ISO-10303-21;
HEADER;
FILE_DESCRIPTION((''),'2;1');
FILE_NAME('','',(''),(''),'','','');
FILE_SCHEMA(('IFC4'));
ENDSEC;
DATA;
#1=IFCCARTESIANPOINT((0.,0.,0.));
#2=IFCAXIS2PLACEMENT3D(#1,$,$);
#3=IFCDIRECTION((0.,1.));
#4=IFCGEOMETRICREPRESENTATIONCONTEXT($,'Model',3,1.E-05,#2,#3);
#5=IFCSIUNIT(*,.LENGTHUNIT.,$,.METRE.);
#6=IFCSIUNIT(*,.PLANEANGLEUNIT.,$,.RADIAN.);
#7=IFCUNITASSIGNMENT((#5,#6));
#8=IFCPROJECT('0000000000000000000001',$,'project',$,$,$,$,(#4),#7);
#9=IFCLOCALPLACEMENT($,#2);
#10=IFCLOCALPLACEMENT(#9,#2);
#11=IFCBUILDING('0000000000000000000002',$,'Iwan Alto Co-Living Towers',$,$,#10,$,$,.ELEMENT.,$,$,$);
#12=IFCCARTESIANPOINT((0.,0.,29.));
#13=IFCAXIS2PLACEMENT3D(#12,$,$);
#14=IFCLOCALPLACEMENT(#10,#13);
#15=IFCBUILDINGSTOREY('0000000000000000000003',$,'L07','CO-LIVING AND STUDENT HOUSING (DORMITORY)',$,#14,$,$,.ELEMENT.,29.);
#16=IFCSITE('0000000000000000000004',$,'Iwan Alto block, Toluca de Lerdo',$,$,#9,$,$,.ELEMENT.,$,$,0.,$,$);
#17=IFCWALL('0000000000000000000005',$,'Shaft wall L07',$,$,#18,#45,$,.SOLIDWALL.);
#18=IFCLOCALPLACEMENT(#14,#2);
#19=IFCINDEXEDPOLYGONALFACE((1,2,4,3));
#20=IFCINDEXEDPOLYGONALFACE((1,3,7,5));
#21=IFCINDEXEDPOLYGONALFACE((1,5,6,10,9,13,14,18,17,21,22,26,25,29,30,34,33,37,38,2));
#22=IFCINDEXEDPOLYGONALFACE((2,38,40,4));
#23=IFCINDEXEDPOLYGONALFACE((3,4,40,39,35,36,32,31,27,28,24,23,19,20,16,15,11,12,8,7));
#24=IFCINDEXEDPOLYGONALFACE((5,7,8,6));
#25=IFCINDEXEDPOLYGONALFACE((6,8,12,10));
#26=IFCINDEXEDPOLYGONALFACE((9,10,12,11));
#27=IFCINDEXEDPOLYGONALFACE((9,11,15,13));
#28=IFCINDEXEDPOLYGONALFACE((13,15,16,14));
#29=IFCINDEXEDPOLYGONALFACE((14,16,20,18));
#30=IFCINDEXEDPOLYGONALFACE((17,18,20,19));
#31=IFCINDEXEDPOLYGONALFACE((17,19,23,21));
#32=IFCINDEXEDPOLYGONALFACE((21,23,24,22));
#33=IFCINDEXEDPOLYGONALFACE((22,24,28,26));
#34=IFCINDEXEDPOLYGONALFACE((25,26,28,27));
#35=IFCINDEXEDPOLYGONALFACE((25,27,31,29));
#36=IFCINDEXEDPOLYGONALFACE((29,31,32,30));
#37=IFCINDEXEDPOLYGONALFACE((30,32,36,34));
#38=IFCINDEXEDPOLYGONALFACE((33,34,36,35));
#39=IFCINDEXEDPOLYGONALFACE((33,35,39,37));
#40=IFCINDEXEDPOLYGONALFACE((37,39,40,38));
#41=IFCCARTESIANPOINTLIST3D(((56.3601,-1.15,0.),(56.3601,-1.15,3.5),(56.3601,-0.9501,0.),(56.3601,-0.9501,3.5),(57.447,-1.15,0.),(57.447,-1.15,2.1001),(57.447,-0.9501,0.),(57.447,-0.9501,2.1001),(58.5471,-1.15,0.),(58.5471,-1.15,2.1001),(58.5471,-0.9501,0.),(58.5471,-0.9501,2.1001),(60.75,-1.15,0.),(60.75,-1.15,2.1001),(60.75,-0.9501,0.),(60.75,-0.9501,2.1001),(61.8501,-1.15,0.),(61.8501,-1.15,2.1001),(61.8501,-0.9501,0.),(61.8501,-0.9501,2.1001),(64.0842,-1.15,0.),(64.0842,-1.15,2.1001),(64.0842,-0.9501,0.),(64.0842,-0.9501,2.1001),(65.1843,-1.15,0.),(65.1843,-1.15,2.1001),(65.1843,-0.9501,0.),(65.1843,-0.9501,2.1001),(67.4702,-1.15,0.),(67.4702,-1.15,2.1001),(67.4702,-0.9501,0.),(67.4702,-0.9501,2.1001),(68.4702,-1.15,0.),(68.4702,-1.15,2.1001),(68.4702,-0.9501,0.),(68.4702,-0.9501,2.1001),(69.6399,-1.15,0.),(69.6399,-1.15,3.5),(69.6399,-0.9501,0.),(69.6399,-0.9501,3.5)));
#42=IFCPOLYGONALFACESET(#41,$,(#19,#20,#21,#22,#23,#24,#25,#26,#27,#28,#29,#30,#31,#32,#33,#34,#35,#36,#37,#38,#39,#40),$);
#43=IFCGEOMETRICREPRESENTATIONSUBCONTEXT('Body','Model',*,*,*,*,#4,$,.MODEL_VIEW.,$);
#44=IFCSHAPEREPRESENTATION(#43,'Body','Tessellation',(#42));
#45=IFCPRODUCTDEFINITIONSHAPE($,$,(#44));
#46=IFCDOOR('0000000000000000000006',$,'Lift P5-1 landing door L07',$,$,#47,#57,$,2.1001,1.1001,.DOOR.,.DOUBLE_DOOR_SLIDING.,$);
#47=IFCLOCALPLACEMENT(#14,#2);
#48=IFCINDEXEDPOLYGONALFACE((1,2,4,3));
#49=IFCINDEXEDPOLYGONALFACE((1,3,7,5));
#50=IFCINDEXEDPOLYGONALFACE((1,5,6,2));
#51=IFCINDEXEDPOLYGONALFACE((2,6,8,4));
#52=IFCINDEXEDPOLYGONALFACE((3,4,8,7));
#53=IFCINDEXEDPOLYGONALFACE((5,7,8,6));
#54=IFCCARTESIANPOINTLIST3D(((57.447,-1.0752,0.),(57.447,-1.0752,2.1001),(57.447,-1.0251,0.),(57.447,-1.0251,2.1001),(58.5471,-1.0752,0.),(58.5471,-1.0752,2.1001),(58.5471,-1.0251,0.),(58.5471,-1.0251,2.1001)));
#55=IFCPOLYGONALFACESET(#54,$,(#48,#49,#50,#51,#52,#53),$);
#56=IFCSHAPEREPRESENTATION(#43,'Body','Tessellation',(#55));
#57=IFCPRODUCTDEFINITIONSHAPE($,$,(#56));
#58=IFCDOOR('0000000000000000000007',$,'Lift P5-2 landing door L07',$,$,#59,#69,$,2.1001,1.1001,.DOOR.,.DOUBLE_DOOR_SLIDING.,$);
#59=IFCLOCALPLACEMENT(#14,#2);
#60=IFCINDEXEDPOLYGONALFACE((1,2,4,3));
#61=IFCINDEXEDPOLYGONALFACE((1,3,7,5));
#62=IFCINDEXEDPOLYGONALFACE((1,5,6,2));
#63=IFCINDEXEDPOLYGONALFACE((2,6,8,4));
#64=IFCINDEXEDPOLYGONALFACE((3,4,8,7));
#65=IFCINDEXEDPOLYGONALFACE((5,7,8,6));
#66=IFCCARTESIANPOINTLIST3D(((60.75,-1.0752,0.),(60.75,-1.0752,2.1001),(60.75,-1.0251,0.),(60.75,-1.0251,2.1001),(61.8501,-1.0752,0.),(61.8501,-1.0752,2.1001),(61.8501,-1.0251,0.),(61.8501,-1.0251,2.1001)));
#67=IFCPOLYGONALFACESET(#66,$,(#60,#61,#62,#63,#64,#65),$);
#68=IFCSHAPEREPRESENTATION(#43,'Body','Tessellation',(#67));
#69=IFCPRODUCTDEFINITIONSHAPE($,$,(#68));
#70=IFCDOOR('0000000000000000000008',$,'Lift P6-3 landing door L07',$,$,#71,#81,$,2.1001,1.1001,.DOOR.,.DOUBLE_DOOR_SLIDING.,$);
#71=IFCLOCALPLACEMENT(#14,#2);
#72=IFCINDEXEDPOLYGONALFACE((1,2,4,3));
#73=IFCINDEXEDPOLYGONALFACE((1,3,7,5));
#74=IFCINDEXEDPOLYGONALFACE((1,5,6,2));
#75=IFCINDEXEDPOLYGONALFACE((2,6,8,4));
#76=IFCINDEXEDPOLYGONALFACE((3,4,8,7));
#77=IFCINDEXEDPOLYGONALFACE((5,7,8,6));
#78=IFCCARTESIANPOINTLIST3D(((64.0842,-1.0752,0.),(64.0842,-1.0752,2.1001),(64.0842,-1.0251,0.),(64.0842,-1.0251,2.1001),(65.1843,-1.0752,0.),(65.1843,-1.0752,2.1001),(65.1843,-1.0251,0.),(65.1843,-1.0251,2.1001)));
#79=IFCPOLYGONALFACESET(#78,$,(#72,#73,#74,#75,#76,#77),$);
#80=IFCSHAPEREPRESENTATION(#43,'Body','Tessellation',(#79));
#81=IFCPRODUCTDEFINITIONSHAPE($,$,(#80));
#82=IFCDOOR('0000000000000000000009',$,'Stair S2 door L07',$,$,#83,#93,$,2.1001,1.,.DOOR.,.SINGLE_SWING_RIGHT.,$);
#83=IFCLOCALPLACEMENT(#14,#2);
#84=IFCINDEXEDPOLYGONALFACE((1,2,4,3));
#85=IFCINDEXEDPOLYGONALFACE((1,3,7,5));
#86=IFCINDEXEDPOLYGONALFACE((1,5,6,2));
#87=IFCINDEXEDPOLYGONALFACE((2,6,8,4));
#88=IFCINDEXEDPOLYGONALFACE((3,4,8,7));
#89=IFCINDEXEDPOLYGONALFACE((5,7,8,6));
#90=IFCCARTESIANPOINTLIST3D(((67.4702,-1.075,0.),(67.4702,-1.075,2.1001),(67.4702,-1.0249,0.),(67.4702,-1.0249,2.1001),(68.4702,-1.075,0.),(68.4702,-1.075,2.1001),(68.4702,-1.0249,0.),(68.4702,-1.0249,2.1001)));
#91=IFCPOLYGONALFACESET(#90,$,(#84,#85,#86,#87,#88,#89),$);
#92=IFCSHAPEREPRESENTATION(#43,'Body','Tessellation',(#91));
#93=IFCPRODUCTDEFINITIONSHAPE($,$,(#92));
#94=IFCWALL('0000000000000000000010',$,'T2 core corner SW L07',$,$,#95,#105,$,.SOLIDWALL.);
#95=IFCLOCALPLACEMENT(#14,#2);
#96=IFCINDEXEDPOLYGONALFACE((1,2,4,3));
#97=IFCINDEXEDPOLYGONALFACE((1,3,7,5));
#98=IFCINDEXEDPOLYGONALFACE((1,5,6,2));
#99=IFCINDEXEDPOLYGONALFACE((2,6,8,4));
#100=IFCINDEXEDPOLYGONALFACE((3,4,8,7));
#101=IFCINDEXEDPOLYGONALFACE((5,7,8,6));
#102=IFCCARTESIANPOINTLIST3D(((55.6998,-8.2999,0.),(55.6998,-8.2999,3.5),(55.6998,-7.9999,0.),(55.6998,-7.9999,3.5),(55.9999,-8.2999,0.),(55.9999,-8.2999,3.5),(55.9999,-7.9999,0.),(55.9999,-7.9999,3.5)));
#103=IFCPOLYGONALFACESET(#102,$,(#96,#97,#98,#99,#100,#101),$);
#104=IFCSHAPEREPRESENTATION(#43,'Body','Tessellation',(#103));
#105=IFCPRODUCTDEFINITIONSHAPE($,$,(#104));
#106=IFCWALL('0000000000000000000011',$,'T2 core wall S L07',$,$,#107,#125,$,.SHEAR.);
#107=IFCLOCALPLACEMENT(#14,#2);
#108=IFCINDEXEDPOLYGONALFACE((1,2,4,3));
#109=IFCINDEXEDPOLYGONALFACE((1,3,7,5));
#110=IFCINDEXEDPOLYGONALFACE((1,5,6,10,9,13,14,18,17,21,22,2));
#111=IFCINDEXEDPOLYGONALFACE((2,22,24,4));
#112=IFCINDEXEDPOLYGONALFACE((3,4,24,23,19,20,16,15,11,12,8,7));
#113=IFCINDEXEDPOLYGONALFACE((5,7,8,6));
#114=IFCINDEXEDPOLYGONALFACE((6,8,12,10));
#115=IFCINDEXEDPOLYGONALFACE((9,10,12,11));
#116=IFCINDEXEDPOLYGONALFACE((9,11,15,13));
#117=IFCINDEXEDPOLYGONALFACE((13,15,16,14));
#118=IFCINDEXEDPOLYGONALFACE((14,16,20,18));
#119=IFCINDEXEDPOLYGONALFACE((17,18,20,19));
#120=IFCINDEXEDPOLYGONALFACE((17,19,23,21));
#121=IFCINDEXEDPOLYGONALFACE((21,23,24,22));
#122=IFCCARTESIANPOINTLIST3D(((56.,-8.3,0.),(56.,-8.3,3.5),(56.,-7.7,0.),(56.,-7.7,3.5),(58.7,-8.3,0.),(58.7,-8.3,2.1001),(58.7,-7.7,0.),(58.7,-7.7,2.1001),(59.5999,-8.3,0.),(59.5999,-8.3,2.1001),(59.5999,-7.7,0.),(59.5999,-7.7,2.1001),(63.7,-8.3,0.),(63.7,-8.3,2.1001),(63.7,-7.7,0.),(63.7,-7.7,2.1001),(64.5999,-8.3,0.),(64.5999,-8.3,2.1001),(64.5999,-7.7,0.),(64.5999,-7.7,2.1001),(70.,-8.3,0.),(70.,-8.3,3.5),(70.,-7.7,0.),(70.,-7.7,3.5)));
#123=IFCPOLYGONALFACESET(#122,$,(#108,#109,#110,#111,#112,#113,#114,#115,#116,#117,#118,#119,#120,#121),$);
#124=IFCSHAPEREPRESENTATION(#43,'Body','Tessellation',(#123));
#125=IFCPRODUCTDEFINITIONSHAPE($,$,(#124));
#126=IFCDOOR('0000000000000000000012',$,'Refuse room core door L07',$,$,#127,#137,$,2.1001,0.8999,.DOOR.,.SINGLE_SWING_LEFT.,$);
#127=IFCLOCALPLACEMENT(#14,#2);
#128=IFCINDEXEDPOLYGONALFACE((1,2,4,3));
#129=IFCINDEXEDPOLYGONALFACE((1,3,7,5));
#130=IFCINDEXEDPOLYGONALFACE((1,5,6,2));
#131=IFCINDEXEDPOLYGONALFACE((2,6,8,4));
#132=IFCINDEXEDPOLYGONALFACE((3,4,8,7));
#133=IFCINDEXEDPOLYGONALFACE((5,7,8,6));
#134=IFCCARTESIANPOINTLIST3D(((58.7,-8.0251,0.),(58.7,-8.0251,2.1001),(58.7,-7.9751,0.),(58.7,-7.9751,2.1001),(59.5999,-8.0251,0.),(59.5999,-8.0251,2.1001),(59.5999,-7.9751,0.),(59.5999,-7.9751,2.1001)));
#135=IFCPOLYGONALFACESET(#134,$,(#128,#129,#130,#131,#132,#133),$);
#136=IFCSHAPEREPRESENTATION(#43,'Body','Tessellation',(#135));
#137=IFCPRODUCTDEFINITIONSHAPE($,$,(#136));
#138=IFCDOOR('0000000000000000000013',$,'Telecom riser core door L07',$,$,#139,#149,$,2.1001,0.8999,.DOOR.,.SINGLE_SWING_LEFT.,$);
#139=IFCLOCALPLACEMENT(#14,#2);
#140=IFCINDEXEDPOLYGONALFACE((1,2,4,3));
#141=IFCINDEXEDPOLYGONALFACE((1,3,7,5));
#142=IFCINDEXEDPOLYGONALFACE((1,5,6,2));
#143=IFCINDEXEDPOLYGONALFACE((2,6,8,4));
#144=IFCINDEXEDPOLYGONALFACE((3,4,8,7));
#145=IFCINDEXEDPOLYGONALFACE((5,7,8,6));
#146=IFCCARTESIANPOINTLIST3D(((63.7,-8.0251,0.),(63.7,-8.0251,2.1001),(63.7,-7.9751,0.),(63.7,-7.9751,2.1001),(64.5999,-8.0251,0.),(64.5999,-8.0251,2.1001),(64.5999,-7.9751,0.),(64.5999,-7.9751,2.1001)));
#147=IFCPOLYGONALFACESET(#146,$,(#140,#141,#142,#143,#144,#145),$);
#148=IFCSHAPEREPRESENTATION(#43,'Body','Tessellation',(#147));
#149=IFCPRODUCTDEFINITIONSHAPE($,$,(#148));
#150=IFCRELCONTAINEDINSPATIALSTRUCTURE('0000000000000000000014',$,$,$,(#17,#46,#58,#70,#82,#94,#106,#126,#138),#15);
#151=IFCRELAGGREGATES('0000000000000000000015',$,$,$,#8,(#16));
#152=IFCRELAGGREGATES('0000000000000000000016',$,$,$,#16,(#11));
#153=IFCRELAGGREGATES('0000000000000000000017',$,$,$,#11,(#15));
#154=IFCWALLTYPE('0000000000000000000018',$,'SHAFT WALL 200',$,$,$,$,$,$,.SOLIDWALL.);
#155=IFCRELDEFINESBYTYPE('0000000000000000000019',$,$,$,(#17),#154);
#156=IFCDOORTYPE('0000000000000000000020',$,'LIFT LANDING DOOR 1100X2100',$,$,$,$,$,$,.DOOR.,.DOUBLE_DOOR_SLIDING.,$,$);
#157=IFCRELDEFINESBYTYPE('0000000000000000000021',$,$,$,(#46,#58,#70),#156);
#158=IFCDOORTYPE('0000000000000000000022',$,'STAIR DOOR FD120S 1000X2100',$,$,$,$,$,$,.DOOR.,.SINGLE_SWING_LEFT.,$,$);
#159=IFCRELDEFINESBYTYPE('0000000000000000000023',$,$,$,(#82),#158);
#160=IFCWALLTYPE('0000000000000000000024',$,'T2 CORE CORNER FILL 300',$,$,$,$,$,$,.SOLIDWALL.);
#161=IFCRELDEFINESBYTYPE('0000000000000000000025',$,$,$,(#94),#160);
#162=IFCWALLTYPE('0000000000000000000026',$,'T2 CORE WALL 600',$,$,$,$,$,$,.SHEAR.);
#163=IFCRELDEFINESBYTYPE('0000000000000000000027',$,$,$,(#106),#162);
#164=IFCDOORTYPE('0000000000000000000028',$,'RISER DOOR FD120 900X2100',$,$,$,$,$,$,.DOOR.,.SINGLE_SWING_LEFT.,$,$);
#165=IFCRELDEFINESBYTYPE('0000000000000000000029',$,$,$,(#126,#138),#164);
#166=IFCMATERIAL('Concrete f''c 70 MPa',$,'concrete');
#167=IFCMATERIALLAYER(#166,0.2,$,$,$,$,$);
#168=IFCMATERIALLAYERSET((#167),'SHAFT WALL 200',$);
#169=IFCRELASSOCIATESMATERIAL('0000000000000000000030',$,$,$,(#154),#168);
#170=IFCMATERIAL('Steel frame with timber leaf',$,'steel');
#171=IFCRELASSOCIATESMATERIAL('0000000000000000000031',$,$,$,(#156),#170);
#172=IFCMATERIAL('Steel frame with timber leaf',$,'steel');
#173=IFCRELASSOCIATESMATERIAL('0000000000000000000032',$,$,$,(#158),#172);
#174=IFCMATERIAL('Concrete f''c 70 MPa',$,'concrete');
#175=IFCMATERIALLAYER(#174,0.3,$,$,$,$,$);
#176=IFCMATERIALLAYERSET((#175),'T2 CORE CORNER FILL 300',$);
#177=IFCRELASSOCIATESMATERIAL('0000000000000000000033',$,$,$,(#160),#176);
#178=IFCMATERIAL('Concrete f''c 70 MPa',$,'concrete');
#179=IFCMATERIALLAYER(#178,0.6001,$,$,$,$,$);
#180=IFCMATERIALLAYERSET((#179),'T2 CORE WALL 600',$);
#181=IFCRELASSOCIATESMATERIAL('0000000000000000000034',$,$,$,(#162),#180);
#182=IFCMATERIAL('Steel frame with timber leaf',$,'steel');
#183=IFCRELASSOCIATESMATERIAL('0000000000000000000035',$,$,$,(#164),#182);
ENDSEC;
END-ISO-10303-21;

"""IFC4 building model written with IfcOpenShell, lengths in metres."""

from ifc_helpers import new_model, si_unit, direction, frame, frame_2d, origin, place, context, subcontext, project, spatial, rectangle, extrude, material, layer, layer_set, type_object, element, fill, save


model = new_model("IFC4")

# Units and contexts
model_context = context("Model", 3, precision=1e-05, world=origin(), true_north=direction((0.0, 1.0)))
body_context = subcontext(model_context, "Body", "Model", "MODEL_VIEW")
ifc_project = project(units=[si_unit("LENGTHUNIT", "METRE"), si_unit("PLANEANGLEUNIT", "RADIAN")], contexts=[model_context])

# Site, building, storey
site_placement = place(None, origin())
site = spatial("IfcSite", under=ifc_project, at=site_placement, Name="Iwan Alto block, Toluca de Lerdo", CompositionType="ELEMENT", RefElevation=0.0)
building_placement = place(site_placement, origin())
building = spatial("IfcBuilding", under=site, at=building_placement, Name="Iwan Alto Co-Living Towers", CompositionType="ELEMENT")
storey_placement = place(building_placement, frame((0.0, 0.0, 29.0)))
storey = spatial("IfcBuildingStorey", under=building, at=storey_placement, Name="L07", Description="CO-LIVING AND STUDENT HOUSING (DORMITORY)", CompositionType="ELEMENT", Elevation=29.0)

# Shared definitions
ifc_material_1 = material(Name="Concrete f'c 70 MPa", Category="concrete")
ifc_layer_1 = layer(ifc_material_1, 0.2)
ifc_layer_set_1 = layer_set([ifc_layer_1], Name="SHAFT WALL 200")
wall_type_1 = type_object("IfcWallType", Name="SHAFT WALL 200", PredefinedType="SOLIDWALL", material=ifc_layer_set_1)

# Wall, openings, doors
wall_1_placement = place(storey_placement, frame((56.3601, -1.05, 0.0), z_axis=(0.0, 0.0, 1.0), x_axis=(1.0, 0.0, 0.0)))
wall_1 = element("IfcWall", 1, at=wall_1_placement, inside=storey, type_object=wall_type_1, Name="Shaft wall L07", PredefinedType="SOLIDWALL", context=body_context, shape_type="SweptSolid", body=[
    extrude(rectangle(XDim=13.2798, YDim=0.2, at=frame_2d((6.6399, 0.0))), origin(), (0.0, 0.0, 1.0), 3.5),
])
opening_1_placement = place(wall_1_placement, frame((11.1101, 0.0, 0.0)))
opening_1 = element("IfcOpeningElement", 2, at=opening_1_placement, cuts=wall_1, PredefinedType="OPENING", context=body_context, shape_type="SweptSolid", body=[
    extrude(rectangle(XDim=1.0, YDim=2.1001, at=frame_2d((0.5, 1.05))), frame((0.0, 0.1099, 0.0), z_axis=(0.0, -1.0, 0.0), x_axis=(1.0, 0.0, 0.0)), (0.0, 0.0, 1.0), 0.22),
])
opening_2_placement = place(wall_1_placement, frame((1.0869, 0.0, 0.0)))
opening_2 = element("IfcOpeningElement", 3, at=opening_2_placement, cuts=wall_1, PredefinedType="OPENING", context=body_context, shape_type="SweptSolid", body=[
    extrude(rectangle(XDim=1.1001, YDim=2.1001, at=frame_2d((0.55, 1.05))), frame((0.0, 0.1099, 0.0), z_axis=(0.0, -1.0, 0.0), x_axis=(1.0, 0.0, 0.0)), (0.0, 0.0, 1.0), 0.22),
])
opening_3_placement = place(wall_1_placement, frame((4.3899, 0.0, 0.0)))
opening_3 = element("IfcOpeningElement", 4, at=opening_3_placement, cuts=wall_1, PredefinedType="OPENING", context=body_context, shape_type="SweptSolid", body=[
    extrude(rectangle(XDim=1.1001, YDim=2.1001, at=frame_2d((0.55, 1.05))), frame((0.0, 0.1099, 0.0), z_axis=(0.0, -1.0, 0.0), x_axis=(1.0, 0.0, 0.0)), (0.0, 0.0, 1.0), 0.22),
])
opening_4_placement = place(wall_1_placement, frame((7.7241, 0.0, 0.0)))
opening_4 = element("IfcOpeningElement", 5, at=opening_4_placement, cuts=wall_1, PredefinedType="OPENING", context=body_context, shape_type="SweptSolid", body=[
    extrude(rectangle(XDim=1.1001, YDim=2.1001, at=frame_2d((0.55, 1.05))), frame((0.0, 0.1099, 0.0), z_axis=(0.0, -1.0, 0.0), x_axis=(1.0, 0.0, 0.0)), (0.0, 0.0, 1.0), 0.22),
])
ifc_material_2 = material(Name="Steel frame with timber leaf", Category="steel")
door_type_1 = type_object("IfcDoorType", Name="LIFT LANDING DOOR 1100X2100", OperationType="DOUBLE_DOOR_SLIDING", PredefinedType="DOOR", material=ifc_material_2)
door_1_placement = place(opening_2_placement, origin())
door_1 = element("IfcDoor", 6, at=door_1_placement, inside=storey, type_object=door_type_1, Name="Lift P5-1 landing door L07", OperationType="DOUBLE_DOOR_SLIDING", OverallHeight=2.1001, OverallWidth=1.1001, PredefinedType="DOOR", context=body_context, shape_type="SweptSolid", body=[
    extrude(rectangle(XDim=1.1001, YDim=2.1001, at=frame_2d((0.55, 1.05))), frame((0.0, 0.0249, 0.0), z_axis=(0.0, -1.0, 0.0), x_axis=(1.0, 0.0, 0.0)), (0.0, 0.0, 1.0), 0.05),
])
fill(opening_2, door_1)
door_2_placement = place(opening_3_placement, origin())
door_2 = element("IfcDoor", 7, at=door_2_placement, inside=storey, type_object=door_type_1, Name="Lift P5-2 landing door L07", OperationType="DOUBLE_DOOR_SLIDING", OverallHeight=2.1001, OverallWidth=1.1001, PredefinedType="DOOR", context=body_context, shape_type="SweptSolid", body=[
    extrude(rectangle(XDim=1.1001, YDim=2.1001, at=frame_2d((0.55, 1.05))), frame((0.0, 0.0249, 0.0), z_axis=(0.0, -1.0, 0.0), x_axis=(1.0, 0.0, 0.0)), (0.0, 0.0, 1.0), 0.05),
])
fill(opening_3, door_2)
door_3_placement = place(opening_4_placement, origin())
door_3 = element("IfcDoor", 8, at=door_3_placement, inside=storey, type_object=door_type_1, Name="Lift P6-3 landing door L07", OperationType="DOUBLE_DOOR_SLIDING", OverallHeight=2.1001, OverallWidth=1.1001, PredefinedType="DOOR", context=body_context, shape_type="SweptSolid", body=[
    extrude(rectangle(XDim=1.1001, YDim=2.1001, at=frame_2d((0.55, 1.05))), frame((0.0, 0.0249, 0.0), z_axis=(0.0, -1.0, 0.0), x_axis=(1.0, 0.0, 0.0)), (0.0, 0.0, 1.0), 0.05),
])
fill(opening_4, door_3)
ifc_material_3 = material(Name="Steel frame with timber leaf", Category="steel")
door_type_2 = type_object("IfcDoorType", Name="STAIR DOOR FD120S 1000X2100", OperationType="SINGLE_SWING_LEFT", PredefinedType="DOOR", material=ifc_material_3)
door_4_placement = place(opening_1_placement, frame((1.0, 0.0, 0.0), z_axis=(0.0, 0.0, 1.0), x_axis=(-1.0, 0.0, 0.0)))
door_4 = element("IfcDoor", 9, at=door_4_placement, inside=storey, type_object=door_type_2, Name="Stair S2 door L07", OperationType="SINGLE_SWING_RIGHT", OverallHeight=2.1001, OverallWidth=1.0, PredefinedType="DOOR", context=body_context, shape_type="SweptSolid", body=[
    extrude(rectangle(XDim=1.0, YDim=2.1001, at=frame_2d((0.5, 1.05))), frame((0.0, 0.0249, 0.0), z_axis=(0.0, -1.0, 0.0), x_axis=(1.0, 0.0, 0.0)), (0.0, 0.0, 1.0), 0.05),
])
fill(opening_1, door_4)

# Wall
ifc_material_4 = material(Name="Concrete f'c 70 MPa", Category="concrete")
ifc_layer_2 = layer(ifc_material_4, 0.3)
ifc_layer_set_2 = layer_set([ifc_layer_2], Name="T2 CORE CORNER FILL 300")
wall_type_2 = type_object("IfcWallType", Name="T2 CORE CORNER FILL 300", PredefinedType="SOLIDWALL", material=ifc_layer_set_2)
wall_2_placement = place(storey_placement, frame((55.7, -8.1499, 0.0), z_axis=(0.0, 0.0, 1.0), x_axis=(1.0, 0.0, 0.0)))
element("IfcWall", 10, at=wall_2_placement, inside=storey, type_object=wall_type_2, Name="T2 core corner SW L07", PredefinedType="SOLIDWALL", context=body_context, shape_type="SweptSolid", body=[
    extrude(rectangle(XDim=0.3, YDim=0.3, at=frame_2d((0.1499, 0.0))), origin(), (0.0, 0.0, 1.0), 3.5),
])

# Wall, openings, doors
ifc_material_5 = material(Name="Concrete f'c 70 MPa", Category="concrete")
ifc_layer_3 = layer(ifc_material_5, 0.6001)
ifc_layer_set_3 = layer_set([ifc_layer_3], Name="T2 CORE WALL 600")
wall_type_3 = type_object("IfcWallType", Name="T2 CORE WALL 600", PredefinedType="SHEAR", material=ifc_layer_set_3)
wall_3_placement = place(storey_placement, frame((56.0, -8.0, 0.0), z_axis=(0.0, 0.0, 1.0), x_axis=(1.0, 0.0, 0.0)))
wall_3 = element("IfcWall", 11, at=wall_3_placement, inside=storey, type_object=wall_type_3, Name="T2 core wall S L07", PredefinedType="SHEAR", context=body_context, shape_type="SweptSolid", body=[
    extrude(rectangle(XDim=14.0, YDim=0.6001, at=frame_2d((7.0, 0.0))), origin(), (0.0, 0.0, 1.0), 3.5),
])
opening_5_placement = place(wall_3_placement, frame((2.7, 0.0, 0.0)))
opening_5 = element("IfcOpeningElement", 12, at=opening_5_placement, cuts=wall_3, PredefinedType="OPENING", context=body_context, shape_type="SweptSolid", body=[
    extrude(rectangle(XDim=0.8999, YDim=2.1001, at=frame_2d((0.45, 1.05))), frame((0.0, 0.3101, 0.0), z_axis=(0.0, -1.0, 0.0), x_axis=(1.0, 0.0, 0.0)), (0.0, 0.0, 1.0), 0.6201),
])
opening_6_placement = place(wall_3_placement, frame((7.7, 0.0, 0.0)))
opening_6 = element("IfcOpeningElement", 13, at=opening_6_placement, cuts=wall_3, PredefinedType="OPENING", context=body_context, shape_type="SweptSolid", body=[
    extrude(rectangle(XDim=0.8999, YDim=2.1001, at=frame_2d((0.45, 1.05))), frame((0.0, 0.3101, 0.0), z_axis=(0.0, -1.0, 0.0), x_axis=(1.0, 0.0, 0.0)), (0.0, 0.0, 1.0), 0.6201),
])
ifc_material_6 = material(Name="Steel frame with timber leaf", Category="steel")
door_type_3 = type_object("IfcDoorType", Name="RISER DOOR FD120 900X2100", OperationType="SINGLE_SWING_LEFT", PredefinedType="DOOR", material=ifc_material_6)
door_5_placement = place(opening_5_placement, origin())
door_5 = element("IfcDoor", 14, at=door_5_placement, inside=storey, type_object=door_type_3, Name="Refuse room core door L07", OperationType="SINGLE_SWING_LEFT", OverallHeight=2.1001, OverallWidth=0.8999, PredefinedType="DOOR", context=body_context, shape_type="SweptSolid", body=[
    extrude(rectangle(XDim=0.8999, YDim=2.1001, at=frame_2d((0.45, 1.05))), frame((0.0, 0.0249, 0.0), z_axis=(0.0, -1.0, 0.0), x_axis=(1.0, 0.0, 0.0)), (0.0, 0.0, 1.0), 0.05),
])
fill(opening_5, door_5)
door_6_placement = place(opening_6_placement, origin())
door_6 = element("IfcDoor", 15, at=door_6_placement, inside=storey, type_object=door_type_3, Name="Telecom riser core door L07", OperationType="SINGLE_SWING_LEFT", OverallHeight=2.1001, OverallWidth=0.8999, PredefinedType="DOOR", context=body_context, shape_type="SweptSolid", body=[
    extrude(rectangle(XDim=0.8999, YDim=2.1001, at=frame_2d((0.45, 1.05))), frame((0.0, 0.0249, 0.0), z_axis=(0.0, -1.0, 0.0), x_axis=(1.0, 0.0, 0.0)), (0.0, 0.0, 1.0), 0.05),
])
fill(opening_6, door_6)

save(model, "model.ifc")
